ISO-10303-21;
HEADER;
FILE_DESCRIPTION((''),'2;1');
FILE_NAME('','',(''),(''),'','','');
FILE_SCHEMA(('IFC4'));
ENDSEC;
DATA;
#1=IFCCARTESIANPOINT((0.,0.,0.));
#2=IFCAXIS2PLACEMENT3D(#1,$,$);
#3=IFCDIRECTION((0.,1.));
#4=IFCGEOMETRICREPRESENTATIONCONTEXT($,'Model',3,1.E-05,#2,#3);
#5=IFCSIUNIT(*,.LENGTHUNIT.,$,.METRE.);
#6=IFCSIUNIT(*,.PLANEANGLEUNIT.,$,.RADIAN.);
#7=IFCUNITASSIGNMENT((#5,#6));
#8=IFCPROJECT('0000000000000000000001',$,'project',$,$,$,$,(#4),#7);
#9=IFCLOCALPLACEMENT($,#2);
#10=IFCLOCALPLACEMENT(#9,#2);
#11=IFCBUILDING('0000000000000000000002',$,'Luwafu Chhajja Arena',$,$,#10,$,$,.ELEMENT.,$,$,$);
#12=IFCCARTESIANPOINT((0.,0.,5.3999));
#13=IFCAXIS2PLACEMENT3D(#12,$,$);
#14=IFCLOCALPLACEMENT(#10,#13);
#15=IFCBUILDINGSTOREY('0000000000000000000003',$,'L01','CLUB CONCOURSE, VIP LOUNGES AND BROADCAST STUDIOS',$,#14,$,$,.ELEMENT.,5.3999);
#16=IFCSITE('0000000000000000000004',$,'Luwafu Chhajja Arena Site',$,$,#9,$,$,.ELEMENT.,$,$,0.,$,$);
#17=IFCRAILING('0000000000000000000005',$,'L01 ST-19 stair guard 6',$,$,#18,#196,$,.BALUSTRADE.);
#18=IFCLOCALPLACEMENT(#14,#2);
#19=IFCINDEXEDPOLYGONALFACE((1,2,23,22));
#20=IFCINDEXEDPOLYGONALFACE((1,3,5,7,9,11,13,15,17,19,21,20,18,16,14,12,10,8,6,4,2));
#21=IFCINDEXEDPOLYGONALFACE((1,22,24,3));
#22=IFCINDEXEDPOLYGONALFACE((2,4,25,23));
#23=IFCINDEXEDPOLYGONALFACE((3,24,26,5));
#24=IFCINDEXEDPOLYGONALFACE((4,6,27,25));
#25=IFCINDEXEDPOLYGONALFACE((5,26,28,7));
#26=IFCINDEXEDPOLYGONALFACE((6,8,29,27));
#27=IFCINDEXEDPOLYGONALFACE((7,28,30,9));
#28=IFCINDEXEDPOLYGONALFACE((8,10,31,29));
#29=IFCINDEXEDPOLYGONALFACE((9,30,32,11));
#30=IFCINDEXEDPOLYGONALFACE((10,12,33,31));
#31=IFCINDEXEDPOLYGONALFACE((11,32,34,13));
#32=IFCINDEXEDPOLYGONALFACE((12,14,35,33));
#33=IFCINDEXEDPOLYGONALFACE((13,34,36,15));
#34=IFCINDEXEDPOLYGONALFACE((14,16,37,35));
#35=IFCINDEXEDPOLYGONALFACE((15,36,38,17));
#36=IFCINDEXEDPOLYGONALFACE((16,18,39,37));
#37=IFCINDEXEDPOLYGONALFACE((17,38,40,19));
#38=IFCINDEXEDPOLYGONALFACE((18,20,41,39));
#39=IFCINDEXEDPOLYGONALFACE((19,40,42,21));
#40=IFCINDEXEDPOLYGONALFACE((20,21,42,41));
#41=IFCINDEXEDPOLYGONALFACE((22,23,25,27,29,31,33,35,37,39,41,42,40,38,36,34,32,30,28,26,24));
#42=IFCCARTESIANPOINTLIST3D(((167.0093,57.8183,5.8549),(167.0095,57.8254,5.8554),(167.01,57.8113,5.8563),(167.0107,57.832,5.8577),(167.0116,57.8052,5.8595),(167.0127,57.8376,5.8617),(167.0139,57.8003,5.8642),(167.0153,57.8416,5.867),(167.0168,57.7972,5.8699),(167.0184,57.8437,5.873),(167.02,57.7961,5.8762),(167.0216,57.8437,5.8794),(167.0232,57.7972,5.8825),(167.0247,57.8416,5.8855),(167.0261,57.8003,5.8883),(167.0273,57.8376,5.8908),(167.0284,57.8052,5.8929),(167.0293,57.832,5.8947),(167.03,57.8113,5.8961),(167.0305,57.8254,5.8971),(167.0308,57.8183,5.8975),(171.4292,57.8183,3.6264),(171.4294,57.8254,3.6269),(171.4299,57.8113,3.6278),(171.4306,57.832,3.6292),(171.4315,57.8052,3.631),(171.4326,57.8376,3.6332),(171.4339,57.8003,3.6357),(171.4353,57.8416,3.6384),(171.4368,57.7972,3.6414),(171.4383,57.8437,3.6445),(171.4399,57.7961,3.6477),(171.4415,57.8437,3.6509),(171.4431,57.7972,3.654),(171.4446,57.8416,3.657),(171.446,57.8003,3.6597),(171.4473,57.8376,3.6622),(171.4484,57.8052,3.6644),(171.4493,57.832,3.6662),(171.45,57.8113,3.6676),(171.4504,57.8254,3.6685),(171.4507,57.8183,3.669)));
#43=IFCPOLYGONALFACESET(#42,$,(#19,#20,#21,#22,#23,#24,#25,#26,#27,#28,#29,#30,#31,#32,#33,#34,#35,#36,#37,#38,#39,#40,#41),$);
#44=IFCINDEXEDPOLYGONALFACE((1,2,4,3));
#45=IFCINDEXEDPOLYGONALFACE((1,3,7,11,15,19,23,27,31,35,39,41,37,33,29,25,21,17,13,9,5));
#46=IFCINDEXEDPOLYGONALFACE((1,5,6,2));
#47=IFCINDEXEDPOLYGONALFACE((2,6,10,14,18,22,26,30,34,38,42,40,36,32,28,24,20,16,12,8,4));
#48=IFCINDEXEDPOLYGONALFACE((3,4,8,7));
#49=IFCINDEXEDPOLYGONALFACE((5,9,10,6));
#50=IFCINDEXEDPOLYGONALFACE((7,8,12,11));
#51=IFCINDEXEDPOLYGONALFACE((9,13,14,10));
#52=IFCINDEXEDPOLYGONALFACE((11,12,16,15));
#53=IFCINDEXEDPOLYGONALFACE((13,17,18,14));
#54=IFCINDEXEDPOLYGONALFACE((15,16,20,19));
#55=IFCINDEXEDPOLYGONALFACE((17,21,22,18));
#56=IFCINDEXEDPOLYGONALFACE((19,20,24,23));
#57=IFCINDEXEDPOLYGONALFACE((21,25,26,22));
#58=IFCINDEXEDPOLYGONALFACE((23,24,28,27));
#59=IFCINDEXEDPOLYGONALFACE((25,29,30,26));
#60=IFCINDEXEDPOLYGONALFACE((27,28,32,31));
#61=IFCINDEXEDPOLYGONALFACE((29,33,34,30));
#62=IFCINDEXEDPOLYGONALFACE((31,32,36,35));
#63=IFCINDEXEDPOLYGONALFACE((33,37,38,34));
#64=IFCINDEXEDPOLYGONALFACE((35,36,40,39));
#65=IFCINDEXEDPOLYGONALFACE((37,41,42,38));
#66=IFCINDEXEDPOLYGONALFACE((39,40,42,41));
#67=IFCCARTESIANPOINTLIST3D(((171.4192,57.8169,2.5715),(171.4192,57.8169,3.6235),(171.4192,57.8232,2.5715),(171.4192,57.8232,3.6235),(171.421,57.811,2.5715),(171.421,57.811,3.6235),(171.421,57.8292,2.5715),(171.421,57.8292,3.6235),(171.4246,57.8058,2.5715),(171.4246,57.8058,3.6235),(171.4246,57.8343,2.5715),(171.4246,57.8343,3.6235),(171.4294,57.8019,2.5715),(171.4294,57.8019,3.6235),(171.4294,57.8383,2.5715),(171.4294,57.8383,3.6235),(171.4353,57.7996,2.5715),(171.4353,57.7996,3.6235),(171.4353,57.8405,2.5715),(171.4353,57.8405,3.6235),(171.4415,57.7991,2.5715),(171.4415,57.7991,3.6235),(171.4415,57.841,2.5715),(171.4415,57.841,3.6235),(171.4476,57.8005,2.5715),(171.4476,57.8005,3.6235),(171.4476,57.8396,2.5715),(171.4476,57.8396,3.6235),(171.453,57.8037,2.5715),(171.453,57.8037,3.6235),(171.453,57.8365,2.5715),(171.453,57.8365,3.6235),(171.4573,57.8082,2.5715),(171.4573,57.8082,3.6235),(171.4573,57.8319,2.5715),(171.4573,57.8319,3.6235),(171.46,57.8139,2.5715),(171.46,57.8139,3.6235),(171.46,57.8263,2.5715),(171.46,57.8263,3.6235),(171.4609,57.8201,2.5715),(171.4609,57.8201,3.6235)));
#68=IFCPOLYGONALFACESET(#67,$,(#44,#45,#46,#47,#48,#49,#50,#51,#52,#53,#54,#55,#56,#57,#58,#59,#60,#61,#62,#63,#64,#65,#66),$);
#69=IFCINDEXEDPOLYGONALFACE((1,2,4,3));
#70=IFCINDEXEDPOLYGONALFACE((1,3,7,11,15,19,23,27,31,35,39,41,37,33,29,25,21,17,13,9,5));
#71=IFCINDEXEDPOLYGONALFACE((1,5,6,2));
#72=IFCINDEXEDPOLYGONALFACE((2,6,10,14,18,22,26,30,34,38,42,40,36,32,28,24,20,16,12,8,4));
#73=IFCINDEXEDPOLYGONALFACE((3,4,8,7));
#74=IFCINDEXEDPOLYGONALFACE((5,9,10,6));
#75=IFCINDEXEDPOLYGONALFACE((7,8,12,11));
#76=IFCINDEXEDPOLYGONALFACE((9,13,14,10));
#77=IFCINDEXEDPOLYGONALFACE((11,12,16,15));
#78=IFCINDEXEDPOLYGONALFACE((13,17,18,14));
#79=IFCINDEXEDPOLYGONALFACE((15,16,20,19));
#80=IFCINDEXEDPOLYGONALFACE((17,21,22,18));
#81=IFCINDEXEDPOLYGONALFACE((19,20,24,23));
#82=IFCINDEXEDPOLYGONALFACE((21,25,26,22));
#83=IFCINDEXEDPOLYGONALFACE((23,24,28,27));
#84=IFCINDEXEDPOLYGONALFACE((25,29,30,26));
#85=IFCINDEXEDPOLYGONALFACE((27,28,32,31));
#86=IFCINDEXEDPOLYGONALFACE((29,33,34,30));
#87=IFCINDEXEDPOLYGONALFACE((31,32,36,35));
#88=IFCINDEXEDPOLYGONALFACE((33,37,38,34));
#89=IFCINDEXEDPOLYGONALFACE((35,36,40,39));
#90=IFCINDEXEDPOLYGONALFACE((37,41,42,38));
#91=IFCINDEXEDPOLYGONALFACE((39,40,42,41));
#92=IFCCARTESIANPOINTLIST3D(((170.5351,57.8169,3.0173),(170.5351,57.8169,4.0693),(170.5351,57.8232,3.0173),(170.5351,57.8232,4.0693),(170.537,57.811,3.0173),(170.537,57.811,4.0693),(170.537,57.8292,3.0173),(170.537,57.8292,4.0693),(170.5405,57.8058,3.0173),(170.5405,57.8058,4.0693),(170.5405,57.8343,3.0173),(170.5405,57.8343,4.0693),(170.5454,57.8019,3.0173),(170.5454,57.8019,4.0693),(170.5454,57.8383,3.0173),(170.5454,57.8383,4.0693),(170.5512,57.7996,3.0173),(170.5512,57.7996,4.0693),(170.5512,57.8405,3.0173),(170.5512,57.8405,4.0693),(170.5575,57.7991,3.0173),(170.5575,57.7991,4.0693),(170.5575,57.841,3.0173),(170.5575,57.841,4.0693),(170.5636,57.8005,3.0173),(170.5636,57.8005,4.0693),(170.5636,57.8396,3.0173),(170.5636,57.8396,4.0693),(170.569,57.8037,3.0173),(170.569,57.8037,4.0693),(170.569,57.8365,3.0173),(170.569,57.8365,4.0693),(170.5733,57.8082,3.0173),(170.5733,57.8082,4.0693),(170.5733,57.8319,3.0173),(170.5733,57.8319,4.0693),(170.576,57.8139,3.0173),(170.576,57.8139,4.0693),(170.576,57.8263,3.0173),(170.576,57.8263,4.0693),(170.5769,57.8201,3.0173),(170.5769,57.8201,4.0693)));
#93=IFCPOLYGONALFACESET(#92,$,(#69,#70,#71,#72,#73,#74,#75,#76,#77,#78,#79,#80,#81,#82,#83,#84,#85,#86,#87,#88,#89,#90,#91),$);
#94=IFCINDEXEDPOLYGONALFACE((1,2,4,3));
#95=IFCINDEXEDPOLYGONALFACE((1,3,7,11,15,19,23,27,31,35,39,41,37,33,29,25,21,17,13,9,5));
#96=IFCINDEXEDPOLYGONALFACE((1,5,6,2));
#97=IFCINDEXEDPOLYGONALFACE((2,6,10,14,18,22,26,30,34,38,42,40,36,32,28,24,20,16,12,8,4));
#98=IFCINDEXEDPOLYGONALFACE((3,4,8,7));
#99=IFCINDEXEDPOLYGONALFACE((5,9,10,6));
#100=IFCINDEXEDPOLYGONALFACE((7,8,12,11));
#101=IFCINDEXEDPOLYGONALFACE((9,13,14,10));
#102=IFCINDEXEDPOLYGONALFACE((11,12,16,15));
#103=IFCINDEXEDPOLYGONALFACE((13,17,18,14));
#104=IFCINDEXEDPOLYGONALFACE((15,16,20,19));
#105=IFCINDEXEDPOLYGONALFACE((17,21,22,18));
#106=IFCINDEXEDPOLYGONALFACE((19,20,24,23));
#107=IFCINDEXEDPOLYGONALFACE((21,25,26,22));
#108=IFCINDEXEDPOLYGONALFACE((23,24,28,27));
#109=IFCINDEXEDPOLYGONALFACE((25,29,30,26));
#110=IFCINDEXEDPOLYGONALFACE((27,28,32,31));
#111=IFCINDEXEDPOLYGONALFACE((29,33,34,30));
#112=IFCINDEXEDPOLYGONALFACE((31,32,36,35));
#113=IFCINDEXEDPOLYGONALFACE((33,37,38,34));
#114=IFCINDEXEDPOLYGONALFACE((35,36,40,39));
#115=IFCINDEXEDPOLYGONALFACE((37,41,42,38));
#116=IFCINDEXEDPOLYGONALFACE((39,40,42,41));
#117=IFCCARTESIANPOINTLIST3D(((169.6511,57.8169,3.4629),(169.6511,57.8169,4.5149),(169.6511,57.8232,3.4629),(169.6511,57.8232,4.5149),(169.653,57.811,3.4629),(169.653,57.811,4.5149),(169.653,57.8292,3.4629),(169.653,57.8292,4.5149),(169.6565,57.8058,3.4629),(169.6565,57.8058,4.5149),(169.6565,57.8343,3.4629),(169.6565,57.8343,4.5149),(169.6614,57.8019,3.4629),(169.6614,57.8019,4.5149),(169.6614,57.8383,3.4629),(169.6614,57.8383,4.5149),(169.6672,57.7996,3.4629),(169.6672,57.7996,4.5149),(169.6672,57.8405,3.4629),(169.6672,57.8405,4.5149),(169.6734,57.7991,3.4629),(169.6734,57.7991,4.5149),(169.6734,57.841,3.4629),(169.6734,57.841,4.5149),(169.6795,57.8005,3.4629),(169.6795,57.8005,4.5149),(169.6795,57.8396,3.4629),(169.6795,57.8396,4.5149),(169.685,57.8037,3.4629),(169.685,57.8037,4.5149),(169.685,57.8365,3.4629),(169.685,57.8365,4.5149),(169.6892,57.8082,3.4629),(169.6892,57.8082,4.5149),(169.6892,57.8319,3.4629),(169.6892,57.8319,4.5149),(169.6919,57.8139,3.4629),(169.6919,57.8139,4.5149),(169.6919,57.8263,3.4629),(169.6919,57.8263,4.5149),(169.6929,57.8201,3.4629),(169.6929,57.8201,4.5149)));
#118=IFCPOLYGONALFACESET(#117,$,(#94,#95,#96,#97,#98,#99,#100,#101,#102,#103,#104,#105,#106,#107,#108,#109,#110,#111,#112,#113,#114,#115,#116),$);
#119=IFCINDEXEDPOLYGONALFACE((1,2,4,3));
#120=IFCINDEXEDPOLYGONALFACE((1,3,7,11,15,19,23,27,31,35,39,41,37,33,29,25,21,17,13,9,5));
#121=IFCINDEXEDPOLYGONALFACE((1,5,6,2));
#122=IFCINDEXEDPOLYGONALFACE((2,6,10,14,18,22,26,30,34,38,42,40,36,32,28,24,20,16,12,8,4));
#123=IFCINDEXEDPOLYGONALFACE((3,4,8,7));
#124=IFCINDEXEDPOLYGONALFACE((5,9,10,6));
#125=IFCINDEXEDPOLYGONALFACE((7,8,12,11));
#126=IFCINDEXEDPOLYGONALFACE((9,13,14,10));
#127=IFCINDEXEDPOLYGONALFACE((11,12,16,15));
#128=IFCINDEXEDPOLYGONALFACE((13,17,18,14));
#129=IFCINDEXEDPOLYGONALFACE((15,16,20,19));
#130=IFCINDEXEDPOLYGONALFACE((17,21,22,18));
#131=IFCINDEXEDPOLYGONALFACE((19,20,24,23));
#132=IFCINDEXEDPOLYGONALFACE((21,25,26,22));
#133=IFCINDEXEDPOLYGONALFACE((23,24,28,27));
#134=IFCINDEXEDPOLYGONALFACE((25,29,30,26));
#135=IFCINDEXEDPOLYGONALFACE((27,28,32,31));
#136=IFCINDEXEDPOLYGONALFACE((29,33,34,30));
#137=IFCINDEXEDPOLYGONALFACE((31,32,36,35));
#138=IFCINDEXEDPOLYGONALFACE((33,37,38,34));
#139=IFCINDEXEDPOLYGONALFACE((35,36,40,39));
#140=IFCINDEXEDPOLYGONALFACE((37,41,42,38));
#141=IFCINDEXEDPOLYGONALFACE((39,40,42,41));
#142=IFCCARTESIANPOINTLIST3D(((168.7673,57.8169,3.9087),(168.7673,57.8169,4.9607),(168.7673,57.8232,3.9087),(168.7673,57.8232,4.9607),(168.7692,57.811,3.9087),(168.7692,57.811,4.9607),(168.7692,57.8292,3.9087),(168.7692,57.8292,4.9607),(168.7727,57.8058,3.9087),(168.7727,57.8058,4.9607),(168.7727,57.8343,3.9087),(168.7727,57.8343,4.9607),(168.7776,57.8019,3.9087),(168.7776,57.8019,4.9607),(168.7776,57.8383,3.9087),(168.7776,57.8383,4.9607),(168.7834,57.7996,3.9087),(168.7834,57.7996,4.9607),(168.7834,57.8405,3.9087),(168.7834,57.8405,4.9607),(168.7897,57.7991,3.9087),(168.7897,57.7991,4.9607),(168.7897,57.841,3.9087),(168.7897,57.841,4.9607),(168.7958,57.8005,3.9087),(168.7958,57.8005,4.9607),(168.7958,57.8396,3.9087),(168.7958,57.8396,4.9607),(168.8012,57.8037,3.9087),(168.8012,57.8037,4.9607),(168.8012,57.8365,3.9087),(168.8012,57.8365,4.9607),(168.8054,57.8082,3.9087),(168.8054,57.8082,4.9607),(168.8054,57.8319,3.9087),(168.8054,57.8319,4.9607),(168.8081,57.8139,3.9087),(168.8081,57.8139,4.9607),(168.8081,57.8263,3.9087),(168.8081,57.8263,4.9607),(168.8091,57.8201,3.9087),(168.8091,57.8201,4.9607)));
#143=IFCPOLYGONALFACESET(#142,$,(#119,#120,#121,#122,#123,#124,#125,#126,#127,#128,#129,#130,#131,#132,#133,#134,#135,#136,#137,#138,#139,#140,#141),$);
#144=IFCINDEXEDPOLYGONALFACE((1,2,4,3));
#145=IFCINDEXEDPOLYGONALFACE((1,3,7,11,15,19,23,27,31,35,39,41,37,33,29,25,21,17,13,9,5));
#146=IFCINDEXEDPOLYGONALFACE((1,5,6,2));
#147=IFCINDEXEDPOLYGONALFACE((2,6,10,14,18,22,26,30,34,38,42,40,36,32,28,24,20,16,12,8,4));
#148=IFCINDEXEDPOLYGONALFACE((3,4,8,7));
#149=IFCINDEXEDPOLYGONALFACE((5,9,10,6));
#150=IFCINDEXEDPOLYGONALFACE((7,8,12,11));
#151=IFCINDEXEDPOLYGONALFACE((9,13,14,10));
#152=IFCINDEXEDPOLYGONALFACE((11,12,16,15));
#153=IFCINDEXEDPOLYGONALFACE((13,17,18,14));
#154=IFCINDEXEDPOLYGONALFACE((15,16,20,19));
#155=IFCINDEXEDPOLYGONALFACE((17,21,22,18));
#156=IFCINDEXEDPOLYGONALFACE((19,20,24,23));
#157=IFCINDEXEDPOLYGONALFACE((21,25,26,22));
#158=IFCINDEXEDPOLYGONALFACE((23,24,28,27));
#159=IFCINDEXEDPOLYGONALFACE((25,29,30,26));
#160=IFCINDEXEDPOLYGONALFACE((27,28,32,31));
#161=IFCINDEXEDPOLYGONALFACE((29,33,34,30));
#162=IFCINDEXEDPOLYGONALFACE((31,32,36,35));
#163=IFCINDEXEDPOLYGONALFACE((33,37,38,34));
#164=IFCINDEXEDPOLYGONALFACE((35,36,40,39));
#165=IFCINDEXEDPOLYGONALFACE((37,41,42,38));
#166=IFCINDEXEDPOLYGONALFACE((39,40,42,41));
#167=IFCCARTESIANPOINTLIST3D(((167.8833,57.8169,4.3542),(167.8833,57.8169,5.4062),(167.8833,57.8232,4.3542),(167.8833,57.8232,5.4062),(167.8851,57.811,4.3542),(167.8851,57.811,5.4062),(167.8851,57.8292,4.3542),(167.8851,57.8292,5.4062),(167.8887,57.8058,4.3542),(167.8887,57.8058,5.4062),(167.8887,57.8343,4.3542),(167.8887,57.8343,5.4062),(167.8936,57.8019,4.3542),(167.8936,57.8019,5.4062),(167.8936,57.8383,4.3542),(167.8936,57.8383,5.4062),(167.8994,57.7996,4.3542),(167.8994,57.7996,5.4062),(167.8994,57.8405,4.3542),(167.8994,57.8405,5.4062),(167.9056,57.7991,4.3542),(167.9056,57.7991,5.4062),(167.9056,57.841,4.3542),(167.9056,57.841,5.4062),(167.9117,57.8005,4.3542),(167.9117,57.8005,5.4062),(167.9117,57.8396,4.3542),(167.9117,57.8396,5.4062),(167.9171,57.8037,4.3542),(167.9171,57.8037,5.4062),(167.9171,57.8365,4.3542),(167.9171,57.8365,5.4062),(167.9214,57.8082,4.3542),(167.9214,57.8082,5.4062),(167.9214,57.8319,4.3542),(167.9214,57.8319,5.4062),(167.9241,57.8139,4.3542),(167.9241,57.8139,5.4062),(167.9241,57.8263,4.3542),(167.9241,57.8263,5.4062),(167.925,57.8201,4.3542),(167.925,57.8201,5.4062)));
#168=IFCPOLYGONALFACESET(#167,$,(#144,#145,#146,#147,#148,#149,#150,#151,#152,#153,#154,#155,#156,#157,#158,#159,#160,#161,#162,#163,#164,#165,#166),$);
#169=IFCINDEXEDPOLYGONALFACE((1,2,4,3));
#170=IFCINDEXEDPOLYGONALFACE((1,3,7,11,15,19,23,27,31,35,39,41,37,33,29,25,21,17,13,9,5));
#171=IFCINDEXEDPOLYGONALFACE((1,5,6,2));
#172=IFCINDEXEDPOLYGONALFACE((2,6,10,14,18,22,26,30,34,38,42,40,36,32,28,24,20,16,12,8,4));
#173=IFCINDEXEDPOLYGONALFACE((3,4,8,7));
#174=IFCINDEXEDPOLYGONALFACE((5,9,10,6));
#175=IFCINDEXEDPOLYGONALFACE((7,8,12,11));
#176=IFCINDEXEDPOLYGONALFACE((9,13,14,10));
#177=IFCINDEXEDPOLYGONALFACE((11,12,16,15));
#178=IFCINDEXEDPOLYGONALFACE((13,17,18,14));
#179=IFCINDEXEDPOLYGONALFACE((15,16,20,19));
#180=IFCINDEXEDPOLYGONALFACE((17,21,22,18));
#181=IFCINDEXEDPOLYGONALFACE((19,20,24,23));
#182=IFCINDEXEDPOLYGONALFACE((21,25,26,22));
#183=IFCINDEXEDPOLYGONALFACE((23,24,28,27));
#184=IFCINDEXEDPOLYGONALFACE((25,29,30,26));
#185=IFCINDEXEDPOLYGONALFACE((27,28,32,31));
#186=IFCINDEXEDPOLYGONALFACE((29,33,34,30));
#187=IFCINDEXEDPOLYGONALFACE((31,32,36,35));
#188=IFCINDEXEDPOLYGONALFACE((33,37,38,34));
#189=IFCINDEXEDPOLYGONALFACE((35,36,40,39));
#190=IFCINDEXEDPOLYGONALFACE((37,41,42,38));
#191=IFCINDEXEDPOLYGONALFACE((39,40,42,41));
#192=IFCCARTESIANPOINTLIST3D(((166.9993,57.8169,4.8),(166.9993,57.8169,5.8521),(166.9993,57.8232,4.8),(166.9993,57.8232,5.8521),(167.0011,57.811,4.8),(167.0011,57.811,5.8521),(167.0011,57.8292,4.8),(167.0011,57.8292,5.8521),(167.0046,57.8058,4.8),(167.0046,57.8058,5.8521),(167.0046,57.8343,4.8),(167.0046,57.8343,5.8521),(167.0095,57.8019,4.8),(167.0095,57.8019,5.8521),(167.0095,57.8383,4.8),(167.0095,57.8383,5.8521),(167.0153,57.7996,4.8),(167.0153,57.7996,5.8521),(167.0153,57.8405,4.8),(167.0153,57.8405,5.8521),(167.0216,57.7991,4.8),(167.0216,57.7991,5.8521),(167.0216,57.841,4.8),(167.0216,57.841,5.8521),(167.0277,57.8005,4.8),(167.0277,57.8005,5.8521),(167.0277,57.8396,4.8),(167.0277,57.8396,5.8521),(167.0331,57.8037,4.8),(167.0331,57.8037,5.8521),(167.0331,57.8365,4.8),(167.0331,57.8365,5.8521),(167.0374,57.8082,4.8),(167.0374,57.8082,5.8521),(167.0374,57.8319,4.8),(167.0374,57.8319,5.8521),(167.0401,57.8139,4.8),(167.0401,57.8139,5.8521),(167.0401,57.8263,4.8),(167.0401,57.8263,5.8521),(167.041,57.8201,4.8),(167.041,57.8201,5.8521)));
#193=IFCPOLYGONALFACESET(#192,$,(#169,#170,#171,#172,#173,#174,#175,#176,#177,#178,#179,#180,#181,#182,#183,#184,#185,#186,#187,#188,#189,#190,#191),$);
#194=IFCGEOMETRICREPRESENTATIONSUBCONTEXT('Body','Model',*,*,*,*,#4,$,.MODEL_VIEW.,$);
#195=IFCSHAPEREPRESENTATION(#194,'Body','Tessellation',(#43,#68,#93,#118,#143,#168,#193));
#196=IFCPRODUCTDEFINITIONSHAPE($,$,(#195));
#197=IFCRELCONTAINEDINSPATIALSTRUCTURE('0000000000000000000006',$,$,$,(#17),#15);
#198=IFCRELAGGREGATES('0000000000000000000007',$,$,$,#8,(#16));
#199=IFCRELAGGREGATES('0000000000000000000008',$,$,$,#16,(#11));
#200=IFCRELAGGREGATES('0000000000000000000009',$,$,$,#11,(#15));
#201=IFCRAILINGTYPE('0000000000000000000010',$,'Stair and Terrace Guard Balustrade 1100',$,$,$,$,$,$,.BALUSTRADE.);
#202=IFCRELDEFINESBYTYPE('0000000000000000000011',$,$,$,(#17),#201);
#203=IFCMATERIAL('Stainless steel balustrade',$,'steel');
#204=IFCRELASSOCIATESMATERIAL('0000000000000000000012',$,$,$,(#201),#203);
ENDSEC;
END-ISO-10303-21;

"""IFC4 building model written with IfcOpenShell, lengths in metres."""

from ifc_helpers import new_model, si_unit, direction, frame, origin, origin_2d, place, context, subcontext, project, spatial, circle, extrude, material, type_object, element, save


model = new_model("IFC4")

# Units and contexts
model_context = context("Model", 3, precision=1e-05, world=origin(), true_north=direction((0.0, 1.0)))
body_context = subcontext(model_context, "Body", "Model", "MODEL_VIEW")
ifc_project = project(units=[si_unit("LENGTHUNIT", "METRE"), si_unit("PLANEANGLEUNIT", "RADIAN")], contexts=[model_context])

# Site, building, storey
site_placement = place(None, origin())
site = spatial("IfcSite", under=ifc_project, at=site_placement, Name="Luwafu Chhajja Arena Site", CompositionType="ELEMENT", RefElevation=0.0)
building_placement = place(site_placement, origin())
building = spatial("IfcBuilding", under=site, at=building_placement, Name="Luwafu Chhajja Arena", CompositionType="ELEMENT")
storey_placement = place(building_placement, frame((0.0, 0.0, 5.3999)))
storey = spatial("IfcBuildingStorey", under=building, at=storey_placement, Name="L01", Description="CLUB CONCOURSE, VIP LOUNGES AND BROADCAST STUDIOS", CompositionType="ELEMENT", Elevation=5.3999)

# Railing
ifc_material_1 = material(Name="Stainless steel balustrade", Category="steel")
railing_type_1 = type_object("IfcRailingType", Name="Stair and Terrace Guard Balustrade 1100", PredefinedType="BALUSTRADE", material=ifc_material_1)
railing_1_placement = place(storey_placement, frame((171.4399, 57.8201, 2.5715)))
element("IfcRailing", 1, at=railing_1_placement, inside=storey, type_object=railing_type_1, Name="L01 ST-19 stair guard 6", PredefinedType="BALUSTRADE", context=body_context, shape_type="SweptSolid", body=[
    extrude(circle(Radius=0.0239, at=origin_2d()), frame((0.0, 0.0, 1.0762), z_axis=(-0.892923, 0.0, 0.45021), x_axis=(0.0, -1.0, 0.0)), (0.0, 0.0, 1.0), 4.95),
    extrude(circle(Radius=0.021, at=origin_2d()), origin(), (0.0, 0.0, 1.0), 1.052),
    extrude(circle(Radius=0.021, at=origin_2d()), frame((-0.884, 0.0, 0.4458)), (0.0, 0.0, 1.0), 1.052),
    extrude(circle(Radius=0.021, at=origin_2d()), frame((-1.7681, 0.0, 0.8914)), (0.0, 0.0, 1.0), 1.052),
    extrude(circle(Radius=0.021, at=origin_2d()), frame((-2.6519, 0.0, 1.3372)), (0.0, 0.0, 1.0), 1.052),
    extrude(circle(Radius=0.021, at=origin_2d()), frame((-3.5359, 0.0, 1.7827)), (0.0, 0.0, 1.0), 1.052),
    extrude(circle(Radius=0.021, at=origin_2d()), frame((-4.4199, 0.0, 2.2285)), (0.0, 0.0, 1.0), 1.052),
])

save(model, "model.ifc")
